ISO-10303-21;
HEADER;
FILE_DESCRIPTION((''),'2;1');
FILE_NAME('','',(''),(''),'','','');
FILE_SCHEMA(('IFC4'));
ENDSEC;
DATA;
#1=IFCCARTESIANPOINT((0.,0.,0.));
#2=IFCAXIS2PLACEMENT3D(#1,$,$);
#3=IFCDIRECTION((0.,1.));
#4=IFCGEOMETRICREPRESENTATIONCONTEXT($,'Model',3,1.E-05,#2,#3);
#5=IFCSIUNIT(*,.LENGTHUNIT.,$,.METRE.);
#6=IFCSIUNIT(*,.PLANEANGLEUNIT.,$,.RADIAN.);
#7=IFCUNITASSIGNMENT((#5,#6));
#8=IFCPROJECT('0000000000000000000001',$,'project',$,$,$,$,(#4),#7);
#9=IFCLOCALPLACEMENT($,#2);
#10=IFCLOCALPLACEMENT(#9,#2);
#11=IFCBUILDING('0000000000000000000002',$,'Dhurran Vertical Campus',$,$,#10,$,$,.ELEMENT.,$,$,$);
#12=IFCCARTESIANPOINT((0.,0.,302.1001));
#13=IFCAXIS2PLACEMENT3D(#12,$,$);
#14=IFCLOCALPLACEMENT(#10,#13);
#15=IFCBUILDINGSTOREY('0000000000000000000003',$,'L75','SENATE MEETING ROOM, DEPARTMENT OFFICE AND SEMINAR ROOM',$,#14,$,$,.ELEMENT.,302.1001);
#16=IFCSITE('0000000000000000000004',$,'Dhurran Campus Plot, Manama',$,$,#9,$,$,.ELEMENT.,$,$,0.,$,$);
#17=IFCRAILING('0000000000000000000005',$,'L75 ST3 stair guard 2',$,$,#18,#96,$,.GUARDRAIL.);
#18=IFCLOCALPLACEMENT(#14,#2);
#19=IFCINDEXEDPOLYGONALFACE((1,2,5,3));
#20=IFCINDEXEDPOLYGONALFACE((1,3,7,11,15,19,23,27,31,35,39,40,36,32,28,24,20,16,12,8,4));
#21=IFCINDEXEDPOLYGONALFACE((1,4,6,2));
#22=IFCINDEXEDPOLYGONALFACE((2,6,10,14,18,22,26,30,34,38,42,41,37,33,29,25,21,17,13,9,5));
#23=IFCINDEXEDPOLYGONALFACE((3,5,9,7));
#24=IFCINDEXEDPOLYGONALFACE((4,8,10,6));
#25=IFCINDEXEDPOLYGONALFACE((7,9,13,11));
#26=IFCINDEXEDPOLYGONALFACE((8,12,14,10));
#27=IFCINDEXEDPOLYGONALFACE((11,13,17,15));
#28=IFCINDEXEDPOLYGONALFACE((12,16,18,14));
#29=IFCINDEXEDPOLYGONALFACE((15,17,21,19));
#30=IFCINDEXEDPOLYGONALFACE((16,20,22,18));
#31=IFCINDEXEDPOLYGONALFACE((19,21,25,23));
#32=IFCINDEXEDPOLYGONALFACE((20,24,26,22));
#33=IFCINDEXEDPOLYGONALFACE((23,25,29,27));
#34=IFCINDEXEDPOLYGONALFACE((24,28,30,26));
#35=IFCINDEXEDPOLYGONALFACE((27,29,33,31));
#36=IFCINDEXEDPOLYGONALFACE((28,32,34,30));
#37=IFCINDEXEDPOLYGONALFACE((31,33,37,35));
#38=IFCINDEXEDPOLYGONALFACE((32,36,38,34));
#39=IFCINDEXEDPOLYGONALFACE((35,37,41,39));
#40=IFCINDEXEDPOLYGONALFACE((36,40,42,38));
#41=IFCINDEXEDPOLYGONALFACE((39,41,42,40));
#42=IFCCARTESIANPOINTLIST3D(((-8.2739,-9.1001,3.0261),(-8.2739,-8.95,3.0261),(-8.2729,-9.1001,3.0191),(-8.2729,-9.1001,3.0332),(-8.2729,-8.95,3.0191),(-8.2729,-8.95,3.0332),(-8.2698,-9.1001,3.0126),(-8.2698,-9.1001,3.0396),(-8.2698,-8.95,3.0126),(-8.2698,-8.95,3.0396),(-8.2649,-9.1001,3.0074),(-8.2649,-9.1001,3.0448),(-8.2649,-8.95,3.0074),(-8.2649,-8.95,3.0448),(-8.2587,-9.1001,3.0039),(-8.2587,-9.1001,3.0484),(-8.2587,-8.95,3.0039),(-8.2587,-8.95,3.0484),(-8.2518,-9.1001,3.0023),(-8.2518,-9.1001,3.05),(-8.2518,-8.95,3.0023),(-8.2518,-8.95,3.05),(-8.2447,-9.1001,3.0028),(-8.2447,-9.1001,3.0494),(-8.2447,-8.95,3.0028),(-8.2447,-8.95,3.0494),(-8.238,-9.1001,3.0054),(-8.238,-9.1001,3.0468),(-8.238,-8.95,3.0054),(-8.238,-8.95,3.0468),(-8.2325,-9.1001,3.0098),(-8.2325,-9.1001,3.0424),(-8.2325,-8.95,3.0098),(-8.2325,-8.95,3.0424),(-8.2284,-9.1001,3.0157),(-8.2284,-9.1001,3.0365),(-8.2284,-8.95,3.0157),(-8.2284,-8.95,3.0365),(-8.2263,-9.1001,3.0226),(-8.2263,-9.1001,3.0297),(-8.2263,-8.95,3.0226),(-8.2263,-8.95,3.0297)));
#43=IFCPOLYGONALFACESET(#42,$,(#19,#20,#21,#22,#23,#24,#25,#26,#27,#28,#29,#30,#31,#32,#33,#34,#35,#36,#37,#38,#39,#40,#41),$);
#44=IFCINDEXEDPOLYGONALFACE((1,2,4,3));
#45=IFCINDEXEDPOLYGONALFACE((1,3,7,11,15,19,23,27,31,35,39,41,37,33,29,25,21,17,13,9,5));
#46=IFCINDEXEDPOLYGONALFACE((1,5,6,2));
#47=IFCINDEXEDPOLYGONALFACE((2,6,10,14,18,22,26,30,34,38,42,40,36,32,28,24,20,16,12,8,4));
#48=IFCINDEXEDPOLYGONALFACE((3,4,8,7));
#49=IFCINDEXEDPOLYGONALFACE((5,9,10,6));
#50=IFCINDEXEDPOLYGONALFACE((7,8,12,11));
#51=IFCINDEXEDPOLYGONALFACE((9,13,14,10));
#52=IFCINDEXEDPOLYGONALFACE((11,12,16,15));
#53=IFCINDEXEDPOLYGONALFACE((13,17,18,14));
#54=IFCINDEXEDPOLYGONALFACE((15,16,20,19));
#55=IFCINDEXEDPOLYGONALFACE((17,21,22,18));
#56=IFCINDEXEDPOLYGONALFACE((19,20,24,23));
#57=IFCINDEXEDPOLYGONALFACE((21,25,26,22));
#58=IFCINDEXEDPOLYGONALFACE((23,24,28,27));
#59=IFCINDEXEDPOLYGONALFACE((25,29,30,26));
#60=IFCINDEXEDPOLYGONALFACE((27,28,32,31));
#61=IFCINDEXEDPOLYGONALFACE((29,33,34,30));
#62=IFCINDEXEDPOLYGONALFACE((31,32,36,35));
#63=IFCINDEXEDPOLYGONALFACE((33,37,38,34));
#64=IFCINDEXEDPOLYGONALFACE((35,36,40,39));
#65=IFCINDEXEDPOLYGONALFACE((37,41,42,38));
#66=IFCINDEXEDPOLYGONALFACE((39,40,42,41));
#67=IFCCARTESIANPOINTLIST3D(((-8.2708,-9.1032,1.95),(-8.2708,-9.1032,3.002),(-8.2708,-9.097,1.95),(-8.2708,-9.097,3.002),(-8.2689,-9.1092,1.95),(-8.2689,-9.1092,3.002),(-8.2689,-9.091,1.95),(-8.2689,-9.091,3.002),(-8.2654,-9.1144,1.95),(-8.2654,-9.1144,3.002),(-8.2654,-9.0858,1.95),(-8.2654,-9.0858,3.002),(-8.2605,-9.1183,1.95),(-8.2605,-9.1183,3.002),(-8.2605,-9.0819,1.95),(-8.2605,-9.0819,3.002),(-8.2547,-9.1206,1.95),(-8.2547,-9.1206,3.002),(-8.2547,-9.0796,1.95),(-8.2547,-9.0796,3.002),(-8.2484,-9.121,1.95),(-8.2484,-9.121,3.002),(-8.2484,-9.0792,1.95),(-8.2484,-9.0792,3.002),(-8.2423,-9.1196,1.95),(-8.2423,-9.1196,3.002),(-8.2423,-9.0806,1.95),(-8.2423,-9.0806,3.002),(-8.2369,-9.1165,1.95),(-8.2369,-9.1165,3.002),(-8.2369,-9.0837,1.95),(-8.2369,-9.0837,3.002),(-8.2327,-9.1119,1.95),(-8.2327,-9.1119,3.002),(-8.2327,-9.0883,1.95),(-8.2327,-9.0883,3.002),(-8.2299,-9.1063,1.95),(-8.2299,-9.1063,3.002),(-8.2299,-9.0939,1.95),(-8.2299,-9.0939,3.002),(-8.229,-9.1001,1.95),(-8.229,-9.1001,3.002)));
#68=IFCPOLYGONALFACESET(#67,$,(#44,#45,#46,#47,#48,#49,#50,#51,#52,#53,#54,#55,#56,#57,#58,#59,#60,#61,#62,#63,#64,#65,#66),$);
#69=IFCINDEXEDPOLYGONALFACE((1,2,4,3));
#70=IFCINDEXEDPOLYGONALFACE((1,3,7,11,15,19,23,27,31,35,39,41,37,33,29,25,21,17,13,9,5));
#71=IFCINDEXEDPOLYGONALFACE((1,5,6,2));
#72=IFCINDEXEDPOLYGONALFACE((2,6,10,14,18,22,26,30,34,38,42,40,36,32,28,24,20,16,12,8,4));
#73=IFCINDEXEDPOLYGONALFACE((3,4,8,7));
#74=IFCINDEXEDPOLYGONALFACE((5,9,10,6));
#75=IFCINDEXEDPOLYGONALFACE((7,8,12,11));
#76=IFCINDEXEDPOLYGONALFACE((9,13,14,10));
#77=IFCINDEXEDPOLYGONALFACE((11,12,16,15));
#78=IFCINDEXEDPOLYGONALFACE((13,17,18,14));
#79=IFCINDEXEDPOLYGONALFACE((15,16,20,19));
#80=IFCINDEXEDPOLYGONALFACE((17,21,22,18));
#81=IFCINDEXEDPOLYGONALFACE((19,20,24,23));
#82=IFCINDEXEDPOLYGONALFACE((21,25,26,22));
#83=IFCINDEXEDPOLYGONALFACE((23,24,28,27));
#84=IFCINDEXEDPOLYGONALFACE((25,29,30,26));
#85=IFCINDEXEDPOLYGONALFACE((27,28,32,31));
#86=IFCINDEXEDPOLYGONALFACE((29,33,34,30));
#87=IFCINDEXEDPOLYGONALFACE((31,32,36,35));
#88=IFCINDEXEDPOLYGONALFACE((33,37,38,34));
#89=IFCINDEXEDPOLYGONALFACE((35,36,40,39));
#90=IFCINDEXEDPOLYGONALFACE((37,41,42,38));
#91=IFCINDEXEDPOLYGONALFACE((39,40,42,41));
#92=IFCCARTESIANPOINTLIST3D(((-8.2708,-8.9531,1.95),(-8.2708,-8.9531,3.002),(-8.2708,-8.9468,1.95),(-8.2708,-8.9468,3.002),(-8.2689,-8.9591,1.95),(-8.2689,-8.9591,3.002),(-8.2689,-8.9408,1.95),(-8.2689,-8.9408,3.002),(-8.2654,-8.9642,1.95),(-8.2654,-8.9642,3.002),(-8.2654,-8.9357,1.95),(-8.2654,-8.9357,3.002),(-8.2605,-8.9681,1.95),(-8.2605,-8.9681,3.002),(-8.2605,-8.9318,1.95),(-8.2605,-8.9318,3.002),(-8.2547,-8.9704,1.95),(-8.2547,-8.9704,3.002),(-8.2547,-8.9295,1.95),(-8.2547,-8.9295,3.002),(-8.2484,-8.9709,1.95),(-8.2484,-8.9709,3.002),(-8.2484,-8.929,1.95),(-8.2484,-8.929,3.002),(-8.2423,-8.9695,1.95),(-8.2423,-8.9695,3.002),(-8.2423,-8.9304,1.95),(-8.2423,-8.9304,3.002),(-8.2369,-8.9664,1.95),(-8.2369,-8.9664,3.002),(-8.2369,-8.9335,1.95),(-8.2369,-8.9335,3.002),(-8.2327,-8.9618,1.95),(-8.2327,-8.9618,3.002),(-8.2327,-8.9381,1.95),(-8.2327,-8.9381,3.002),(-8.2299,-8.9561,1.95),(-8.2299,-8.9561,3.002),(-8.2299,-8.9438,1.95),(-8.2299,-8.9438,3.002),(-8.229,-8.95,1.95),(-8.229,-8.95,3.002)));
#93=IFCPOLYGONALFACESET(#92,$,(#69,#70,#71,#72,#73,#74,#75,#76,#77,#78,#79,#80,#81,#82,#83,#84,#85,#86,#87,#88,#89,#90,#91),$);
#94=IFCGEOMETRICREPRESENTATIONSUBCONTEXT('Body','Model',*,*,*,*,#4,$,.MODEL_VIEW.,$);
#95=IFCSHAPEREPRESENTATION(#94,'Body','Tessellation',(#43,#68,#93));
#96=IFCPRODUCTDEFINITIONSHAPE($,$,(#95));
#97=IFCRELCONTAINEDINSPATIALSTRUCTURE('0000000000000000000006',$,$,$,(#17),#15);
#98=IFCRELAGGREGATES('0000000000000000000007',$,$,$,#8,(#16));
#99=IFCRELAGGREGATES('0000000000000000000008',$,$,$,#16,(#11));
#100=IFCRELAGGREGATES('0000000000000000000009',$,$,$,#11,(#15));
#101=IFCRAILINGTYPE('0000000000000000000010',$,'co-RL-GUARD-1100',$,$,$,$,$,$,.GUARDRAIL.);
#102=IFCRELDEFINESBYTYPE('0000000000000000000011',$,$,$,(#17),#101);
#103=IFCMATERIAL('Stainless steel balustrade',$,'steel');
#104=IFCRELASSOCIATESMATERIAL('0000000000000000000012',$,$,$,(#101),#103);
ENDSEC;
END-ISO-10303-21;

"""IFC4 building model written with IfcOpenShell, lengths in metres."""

from ifc_helpers import new_model, si_unit, direction, frame, origin, origin_2d, place, context, subcontext, project, spatial, circle, extrude, material, type_object, element, save


model = new_model("IFC4")

# Units and contexts
model_context = context("Model", 3, precision=1e-05, world=origin(), true_north=direction((0.0, 1.0)))
body_context = subcontext(model_context, "Body", "Model", "MODEL_VIEW")
ifc_project = project(units=[si_unit("LENGTHUNIT", "METRE"), si_unit("PLANEANGLEUNIT", "RADIAN")], contexts=[model_context])

# Site, building, storey
site_placement = place(None, origin())
site = spatial("IfcSite", under=ifc_project, at=site_placement, Name="Dhurran Campus Plot, Manama", CompositionType="ELEMENT", RefElevation=0.0)
building_placement = place(site_placement, origin())
building = spatial("IfcBuilding", under=site, at=building_placement, Name="Dhurran Vertical Campus", CompositionType="ELEMENT")
storey_placement = place(building_placement, frame((0.0, 0.0, 302.1001)))
storey = spatial("IfcBuildingStorey", under=building, at=storey_placement, Name="L75", Description="SENATE MEETING ROOM, DEPARTMENT OFFICE AND SEMINAR ROOM", CompositionType="ELEMENT", Elevation=302.1001)

# Railing
ifc_material_1 = material(Name="Stainless steel balustrade", Category="steel")
railing_type_1 = type_object("IfcRailingType", Name="co-RL-GUARD-1100", PredefinedType="GUARDRAIL", material=ifc_material_1)
railing_1_placement = place(storey_placement, frame((-8.25, -9.1001, 1.95)))
element("IfcRailing", 1, at=railing_1_placement, inside=storey, type_object=railing_type_1, Name="L75 ST3 stair guard 2", PredefinedType="GUARDRAIL", context=body_context, shape_type="SweptSolid", body=[
    extrude(circle(Radius=0.0239, at=origin_2d()), frame((0.0, 0.0, 1.0762), z_axis=(0.0, 1.0, 0.0), x_axis=(-1.0, 0.0, 0.0)), (0.0, 0.0, 1.0), 0.1501),
    extrude(circle(Radius=0.021, at=origin_2d()), origin(), (0.0, 0.0, 1.0), 1.052),
    extrude(circle(Radius=0.021, at=origin_2d()), frame((0.0, 0.1501, 0.0)), (0.0, 0.0, 1.0), 1.052),
])

save(model, "model.ifc")
